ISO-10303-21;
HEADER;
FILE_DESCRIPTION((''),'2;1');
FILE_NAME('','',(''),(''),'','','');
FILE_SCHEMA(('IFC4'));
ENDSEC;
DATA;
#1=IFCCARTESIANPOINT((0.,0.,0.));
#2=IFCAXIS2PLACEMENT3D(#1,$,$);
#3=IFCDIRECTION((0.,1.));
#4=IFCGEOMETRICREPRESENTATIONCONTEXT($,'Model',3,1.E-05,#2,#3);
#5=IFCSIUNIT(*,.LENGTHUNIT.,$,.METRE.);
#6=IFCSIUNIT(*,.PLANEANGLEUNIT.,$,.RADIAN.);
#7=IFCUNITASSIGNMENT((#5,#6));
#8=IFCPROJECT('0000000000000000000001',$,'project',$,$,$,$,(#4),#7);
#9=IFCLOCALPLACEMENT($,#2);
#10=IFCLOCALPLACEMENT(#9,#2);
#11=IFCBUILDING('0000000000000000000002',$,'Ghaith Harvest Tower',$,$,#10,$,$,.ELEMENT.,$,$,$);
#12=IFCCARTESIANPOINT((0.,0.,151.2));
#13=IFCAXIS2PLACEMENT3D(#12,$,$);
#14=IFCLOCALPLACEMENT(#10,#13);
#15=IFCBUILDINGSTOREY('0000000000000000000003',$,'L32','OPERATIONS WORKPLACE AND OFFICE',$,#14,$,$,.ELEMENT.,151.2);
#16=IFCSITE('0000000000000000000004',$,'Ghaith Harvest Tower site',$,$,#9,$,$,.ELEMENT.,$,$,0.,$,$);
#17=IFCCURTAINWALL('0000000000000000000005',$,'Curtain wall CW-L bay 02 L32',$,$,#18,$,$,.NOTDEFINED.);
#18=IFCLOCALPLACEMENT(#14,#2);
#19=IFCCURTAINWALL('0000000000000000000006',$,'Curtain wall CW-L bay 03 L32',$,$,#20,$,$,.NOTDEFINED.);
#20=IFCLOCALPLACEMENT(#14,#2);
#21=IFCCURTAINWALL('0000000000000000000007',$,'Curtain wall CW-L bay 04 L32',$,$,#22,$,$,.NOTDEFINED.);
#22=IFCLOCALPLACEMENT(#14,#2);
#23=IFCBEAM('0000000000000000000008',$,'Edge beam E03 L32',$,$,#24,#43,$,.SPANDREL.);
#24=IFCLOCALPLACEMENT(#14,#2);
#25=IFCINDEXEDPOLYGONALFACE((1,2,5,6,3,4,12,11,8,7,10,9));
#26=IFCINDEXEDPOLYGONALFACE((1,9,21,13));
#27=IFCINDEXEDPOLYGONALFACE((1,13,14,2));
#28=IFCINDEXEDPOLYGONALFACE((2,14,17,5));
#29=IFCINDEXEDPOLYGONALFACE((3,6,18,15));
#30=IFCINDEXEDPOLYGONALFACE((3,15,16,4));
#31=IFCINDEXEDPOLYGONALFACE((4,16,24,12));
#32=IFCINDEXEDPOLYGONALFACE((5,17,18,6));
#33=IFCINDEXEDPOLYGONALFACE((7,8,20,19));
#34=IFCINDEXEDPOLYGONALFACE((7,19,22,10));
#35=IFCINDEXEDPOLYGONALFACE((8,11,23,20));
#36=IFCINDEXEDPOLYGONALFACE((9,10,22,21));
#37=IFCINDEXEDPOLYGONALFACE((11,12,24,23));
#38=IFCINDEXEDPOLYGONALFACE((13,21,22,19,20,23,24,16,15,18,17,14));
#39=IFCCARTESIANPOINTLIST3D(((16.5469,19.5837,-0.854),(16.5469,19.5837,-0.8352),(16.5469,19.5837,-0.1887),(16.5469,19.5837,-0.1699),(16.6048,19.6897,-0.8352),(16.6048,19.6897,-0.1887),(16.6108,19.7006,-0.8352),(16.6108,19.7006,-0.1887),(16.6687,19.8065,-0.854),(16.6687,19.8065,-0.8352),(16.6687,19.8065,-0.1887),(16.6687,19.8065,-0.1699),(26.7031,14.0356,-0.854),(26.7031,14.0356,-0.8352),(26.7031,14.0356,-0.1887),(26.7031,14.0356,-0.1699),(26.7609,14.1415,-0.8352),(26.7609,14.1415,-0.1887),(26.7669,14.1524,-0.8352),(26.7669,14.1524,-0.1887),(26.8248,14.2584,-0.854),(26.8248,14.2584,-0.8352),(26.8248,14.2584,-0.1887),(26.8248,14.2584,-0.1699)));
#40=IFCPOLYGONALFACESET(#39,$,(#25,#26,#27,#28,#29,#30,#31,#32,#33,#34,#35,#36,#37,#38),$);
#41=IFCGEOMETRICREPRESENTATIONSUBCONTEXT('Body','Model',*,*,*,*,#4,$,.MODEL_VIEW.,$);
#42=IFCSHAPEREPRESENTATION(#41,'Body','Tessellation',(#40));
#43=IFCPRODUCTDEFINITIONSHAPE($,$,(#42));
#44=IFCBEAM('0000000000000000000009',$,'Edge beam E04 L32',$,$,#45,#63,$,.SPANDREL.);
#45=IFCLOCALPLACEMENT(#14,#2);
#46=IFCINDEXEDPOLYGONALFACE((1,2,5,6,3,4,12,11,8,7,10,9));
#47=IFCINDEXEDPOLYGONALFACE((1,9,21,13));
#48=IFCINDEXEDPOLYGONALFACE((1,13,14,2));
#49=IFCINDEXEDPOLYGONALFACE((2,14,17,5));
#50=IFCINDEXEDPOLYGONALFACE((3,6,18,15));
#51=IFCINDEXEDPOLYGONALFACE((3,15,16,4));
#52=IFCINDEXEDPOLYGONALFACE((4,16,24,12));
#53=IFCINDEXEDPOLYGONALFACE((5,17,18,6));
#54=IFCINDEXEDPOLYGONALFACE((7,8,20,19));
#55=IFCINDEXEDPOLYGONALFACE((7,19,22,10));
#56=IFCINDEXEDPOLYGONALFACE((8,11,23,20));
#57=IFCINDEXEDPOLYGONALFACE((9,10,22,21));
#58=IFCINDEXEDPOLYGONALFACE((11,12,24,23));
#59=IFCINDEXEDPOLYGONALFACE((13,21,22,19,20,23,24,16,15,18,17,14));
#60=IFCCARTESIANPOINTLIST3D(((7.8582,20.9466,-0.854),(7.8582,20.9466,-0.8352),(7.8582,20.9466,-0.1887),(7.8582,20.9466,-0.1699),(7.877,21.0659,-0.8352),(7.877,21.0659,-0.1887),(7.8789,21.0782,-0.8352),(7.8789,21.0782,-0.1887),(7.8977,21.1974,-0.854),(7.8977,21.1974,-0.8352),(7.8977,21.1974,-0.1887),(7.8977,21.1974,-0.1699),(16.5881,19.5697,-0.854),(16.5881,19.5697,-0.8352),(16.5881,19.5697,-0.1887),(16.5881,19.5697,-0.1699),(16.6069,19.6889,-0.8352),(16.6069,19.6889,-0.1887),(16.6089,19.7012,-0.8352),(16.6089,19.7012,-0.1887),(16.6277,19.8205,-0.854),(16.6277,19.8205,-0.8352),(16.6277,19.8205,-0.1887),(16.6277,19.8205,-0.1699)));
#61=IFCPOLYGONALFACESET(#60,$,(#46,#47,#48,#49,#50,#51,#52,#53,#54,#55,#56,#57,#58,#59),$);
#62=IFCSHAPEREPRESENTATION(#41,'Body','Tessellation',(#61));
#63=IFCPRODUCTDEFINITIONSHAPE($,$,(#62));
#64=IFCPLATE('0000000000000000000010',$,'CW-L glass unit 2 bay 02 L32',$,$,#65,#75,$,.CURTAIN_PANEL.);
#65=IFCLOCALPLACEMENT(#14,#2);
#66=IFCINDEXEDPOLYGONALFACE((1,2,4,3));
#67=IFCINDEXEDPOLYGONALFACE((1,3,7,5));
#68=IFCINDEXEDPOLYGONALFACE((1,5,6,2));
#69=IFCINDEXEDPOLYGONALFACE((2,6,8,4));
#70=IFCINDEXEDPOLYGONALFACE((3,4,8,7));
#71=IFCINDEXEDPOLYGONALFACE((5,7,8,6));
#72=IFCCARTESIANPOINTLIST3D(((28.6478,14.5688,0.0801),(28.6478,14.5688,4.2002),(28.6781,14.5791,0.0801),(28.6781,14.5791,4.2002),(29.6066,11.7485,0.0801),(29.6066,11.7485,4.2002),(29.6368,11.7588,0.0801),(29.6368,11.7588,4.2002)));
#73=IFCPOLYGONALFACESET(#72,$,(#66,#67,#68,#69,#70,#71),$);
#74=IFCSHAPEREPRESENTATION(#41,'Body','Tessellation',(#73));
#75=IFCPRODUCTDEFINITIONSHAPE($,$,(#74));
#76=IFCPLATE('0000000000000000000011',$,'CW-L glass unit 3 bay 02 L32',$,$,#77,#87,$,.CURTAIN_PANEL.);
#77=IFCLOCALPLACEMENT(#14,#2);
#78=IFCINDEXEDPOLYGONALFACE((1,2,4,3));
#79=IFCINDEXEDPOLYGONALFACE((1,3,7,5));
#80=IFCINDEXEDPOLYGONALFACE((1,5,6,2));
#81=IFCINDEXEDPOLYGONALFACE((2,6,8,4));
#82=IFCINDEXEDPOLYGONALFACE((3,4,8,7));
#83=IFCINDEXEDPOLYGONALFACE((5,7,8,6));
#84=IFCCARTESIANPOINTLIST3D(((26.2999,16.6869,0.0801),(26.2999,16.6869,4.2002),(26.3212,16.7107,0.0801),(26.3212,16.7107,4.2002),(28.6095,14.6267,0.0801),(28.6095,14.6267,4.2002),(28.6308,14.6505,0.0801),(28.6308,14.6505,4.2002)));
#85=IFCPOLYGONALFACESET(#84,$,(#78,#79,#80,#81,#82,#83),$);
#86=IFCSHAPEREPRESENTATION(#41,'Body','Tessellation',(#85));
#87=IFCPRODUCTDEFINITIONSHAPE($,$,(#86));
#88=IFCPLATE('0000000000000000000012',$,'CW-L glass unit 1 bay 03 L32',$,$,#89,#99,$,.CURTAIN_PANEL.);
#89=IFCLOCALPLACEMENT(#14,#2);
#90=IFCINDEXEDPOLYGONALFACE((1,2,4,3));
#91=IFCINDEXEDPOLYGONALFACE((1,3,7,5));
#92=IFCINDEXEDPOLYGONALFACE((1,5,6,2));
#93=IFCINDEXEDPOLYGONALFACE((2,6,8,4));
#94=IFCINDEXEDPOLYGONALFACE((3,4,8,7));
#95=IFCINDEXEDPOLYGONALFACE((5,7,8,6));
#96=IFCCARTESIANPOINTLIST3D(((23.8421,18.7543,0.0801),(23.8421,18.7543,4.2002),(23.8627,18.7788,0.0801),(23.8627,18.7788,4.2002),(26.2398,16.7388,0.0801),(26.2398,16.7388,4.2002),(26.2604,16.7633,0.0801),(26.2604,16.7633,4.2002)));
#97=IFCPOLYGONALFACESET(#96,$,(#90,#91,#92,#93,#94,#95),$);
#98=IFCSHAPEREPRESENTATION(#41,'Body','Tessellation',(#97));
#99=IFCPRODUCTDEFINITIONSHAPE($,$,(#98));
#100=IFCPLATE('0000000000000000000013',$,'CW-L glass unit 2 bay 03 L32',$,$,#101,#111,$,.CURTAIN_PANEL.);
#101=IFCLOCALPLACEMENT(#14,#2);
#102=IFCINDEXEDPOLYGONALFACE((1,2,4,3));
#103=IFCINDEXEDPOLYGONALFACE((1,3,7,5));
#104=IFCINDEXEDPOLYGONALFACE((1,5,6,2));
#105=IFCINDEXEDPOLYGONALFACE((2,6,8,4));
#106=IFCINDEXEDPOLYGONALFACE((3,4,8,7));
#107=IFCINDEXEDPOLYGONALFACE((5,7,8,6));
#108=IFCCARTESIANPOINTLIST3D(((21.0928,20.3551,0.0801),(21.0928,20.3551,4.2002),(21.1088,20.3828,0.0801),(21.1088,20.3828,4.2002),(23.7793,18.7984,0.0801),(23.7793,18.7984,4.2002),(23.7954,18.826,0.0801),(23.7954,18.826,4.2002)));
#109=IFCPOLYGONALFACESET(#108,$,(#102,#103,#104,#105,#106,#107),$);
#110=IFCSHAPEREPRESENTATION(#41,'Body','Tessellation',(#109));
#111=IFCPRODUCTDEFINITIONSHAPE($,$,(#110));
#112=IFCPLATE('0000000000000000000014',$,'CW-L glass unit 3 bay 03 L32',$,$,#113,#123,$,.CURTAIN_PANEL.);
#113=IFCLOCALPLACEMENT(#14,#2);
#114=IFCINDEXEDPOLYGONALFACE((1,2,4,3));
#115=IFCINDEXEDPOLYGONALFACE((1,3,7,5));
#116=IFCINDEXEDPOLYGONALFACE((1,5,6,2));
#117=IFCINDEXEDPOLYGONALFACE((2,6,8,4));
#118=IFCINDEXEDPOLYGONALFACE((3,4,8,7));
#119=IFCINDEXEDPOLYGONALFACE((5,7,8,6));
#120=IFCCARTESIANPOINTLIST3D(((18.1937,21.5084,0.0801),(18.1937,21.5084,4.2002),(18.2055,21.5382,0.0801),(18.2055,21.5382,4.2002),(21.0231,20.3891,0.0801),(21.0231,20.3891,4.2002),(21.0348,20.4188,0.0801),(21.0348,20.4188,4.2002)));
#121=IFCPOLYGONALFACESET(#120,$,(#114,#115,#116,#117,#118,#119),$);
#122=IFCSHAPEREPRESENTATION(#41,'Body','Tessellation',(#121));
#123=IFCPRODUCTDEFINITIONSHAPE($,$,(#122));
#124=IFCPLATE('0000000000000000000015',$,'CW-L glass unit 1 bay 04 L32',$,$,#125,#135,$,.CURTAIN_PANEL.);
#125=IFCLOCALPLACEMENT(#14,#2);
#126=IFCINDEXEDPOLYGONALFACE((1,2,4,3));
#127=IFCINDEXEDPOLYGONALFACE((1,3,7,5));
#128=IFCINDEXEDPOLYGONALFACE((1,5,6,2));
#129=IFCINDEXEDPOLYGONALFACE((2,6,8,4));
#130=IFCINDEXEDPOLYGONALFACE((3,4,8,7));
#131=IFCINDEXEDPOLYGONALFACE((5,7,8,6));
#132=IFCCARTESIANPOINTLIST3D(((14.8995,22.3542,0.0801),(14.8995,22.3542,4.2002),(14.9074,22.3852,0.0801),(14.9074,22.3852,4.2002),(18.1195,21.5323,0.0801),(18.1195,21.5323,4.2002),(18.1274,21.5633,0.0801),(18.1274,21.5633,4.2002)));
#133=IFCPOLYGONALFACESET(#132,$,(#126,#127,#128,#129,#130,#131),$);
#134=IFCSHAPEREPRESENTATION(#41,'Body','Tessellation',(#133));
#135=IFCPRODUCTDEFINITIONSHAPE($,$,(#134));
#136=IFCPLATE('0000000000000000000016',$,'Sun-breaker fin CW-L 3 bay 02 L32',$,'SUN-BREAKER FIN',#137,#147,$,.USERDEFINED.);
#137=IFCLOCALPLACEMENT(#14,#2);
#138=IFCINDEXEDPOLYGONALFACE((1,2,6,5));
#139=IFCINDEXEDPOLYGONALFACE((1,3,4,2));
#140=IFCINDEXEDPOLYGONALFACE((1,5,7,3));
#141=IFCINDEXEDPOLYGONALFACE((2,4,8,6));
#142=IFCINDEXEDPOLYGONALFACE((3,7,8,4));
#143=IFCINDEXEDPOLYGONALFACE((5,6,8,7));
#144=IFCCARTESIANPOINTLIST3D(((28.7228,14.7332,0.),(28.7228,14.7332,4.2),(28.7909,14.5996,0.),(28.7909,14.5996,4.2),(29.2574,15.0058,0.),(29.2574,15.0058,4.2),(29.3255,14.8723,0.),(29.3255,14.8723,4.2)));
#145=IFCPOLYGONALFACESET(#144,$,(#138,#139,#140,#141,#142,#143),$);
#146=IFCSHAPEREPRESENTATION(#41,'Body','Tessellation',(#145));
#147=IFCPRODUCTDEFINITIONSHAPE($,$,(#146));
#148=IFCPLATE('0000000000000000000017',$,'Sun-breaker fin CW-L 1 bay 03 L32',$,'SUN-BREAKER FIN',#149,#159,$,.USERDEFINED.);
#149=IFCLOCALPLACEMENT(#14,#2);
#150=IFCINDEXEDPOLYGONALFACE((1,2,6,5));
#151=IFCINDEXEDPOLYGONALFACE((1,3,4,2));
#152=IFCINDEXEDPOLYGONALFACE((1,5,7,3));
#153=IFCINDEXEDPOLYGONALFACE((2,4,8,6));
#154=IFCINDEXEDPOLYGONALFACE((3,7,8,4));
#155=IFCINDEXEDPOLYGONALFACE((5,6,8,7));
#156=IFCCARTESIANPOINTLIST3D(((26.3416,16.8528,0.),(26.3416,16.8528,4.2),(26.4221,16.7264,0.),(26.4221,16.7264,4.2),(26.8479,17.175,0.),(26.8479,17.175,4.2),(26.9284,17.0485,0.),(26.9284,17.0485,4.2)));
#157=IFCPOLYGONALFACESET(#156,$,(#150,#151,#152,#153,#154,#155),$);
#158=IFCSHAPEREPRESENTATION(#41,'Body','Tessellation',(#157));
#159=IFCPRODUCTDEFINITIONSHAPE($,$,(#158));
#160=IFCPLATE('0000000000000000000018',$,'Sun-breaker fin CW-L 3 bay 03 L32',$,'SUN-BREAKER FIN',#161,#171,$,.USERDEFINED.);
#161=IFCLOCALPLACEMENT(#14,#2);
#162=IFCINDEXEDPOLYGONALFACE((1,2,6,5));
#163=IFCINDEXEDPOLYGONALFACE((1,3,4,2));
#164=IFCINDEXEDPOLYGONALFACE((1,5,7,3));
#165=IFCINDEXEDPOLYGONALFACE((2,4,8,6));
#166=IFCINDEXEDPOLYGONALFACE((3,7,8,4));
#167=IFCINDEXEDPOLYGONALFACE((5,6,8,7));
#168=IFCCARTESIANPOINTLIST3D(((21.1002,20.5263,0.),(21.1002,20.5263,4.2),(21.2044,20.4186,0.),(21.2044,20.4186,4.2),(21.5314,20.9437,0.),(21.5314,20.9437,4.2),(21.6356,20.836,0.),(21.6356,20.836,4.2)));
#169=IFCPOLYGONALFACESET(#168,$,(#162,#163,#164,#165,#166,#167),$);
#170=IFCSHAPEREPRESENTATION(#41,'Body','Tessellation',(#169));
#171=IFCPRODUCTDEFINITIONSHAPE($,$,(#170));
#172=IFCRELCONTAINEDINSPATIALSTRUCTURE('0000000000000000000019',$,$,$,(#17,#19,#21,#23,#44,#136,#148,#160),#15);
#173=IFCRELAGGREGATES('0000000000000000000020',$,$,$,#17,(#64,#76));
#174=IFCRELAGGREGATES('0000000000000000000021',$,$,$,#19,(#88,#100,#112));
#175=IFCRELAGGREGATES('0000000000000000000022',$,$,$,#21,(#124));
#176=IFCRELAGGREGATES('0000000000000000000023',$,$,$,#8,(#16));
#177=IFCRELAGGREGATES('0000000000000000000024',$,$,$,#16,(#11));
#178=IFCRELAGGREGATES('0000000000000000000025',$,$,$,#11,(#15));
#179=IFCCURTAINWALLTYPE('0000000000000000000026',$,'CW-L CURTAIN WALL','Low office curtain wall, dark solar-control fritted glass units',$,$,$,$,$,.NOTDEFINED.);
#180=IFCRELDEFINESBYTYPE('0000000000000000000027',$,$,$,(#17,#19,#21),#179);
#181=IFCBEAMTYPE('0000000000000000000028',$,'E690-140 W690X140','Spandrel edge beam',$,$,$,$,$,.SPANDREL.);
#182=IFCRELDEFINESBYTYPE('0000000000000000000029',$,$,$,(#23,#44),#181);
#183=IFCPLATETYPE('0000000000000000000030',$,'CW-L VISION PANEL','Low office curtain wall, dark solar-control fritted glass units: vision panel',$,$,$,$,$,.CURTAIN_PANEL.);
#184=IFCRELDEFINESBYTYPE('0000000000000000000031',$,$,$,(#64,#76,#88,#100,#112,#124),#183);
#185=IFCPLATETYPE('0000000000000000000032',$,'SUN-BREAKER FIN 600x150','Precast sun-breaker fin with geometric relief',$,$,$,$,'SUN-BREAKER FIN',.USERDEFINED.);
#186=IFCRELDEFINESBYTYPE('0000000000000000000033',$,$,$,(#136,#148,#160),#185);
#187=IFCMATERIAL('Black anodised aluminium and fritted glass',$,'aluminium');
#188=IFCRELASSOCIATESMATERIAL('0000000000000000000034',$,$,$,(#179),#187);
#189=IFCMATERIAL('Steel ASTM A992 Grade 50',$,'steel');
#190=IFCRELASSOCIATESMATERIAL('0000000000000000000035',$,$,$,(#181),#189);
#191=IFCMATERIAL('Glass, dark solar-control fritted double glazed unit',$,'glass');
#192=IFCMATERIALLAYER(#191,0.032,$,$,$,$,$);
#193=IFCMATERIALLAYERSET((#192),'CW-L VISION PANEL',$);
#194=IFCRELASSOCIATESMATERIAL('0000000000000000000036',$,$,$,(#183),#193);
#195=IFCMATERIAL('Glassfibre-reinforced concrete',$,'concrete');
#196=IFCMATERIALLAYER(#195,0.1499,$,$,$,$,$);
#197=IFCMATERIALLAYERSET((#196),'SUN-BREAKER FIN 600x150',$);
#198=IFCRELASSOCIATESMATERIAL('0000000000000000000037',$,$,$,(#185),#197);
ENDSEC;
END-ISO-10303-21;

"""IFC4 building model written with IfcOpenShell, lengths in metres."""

from ifc_helpers import new_model, si_unit, direction, frame, origin, origin_2d, place, context, subcontext, project, spatial, rectangle, i_section, extrude, material, layer, layer_set, material_profile, profile_set, type_object, element, aggregate, save


model = new_model("IFC4")

# Units and contexts
model_context = context("Model", 3, precision=1e-05, world=origin(), true_north=direction((0.0, 1.0)))
body_context = subcontext(model_context, "Body", "Model", "MODEL_VIEW")
ifc_project = project(units=[si_unit("LENGTHUNIT", "METRE"), si_unit("PLANEANGLEUNIT", "RADIAN")], contexts=[model_context])

# Site, building, storey
site_placement = place(None, origin())
site = spatial("IfcSite", under=ifc_project, at=site_placement, Name="Ghaith Harvest Tower site", CompositionType="ELEMENT", RefElevation=0.0)
building_placement = place(site_placement, origin())
building = spatial("IfcBuilding", under=site, at=building_placement, Name="Ghaith Harvest Tower", CompositionType="ELEMENT")
storey_placement = place(building_placement, frame((0.0, 0.0, 151.2)))
storey = spatial("IfcBuildingStorey", under=building, at=storey_placement, Name="L32", Description="OPERATIONS WORKPLACE AND OFFICE", CompositionType="ELEMENT", Elevation=151.2)

# Curtain wall
ifc_material_1 = material(Name="Black anodised aluminium and fritted glass", Category="aluminium")
curtain_wall_type = type_object("IfcCurtainWallType", Name="CW-L CURTAIN WALL", Description="Low office curtain wall, dark solar-control fritted glass units", PredefinedType="NOTDEFINED", material=ifc_material_1)
curtain_wall_1_placement = place(storey_placement, origin())
curtain_wall_1 = element("IfcCurtainWall", 1, at=curtain_wall_1_placement, inside=storey, type_object=curtain_wall_type, Name="Curtain wall CW-L bay 02 L32", PredefinedType="NOTDEFINED")

# Curtain walls
curtain_wall_2_placement = place(storey_placement, origin())
curtain_wall_2 = element("IfcCurtainWall", 2, at=curtain_wall_2_placement, inside=storey, type_object=curtain_wall_type, Name="Curtain wall CW-L bay 03 L32", PredefinedType="NOTDEFINED")
curtain_wall_3_placement = place(storey_placement, origin())
curtain_wall_3 = element("IfcCurtainWall", 3, at=curtain_wall_3_placement, inside=storey, type_object=curtain_wall_type, Name="Curtain wall CW-L bay 04 L32", PredefinedType="NOTDEFINED")

# Beams
ifc_material_2 = material(Name="Steel ASTM A992 Grade 50", Category="steel")
ifc_material_profile_1 = material_profile(ifc_material_2, i_section(OverallWidth=0.2539, OverallDepth=0.6841, WebThickness=0.0125, FlangeThickness=0.0188, at=origin_2d()), Name="W690X140")
ifc_profile_set_1 = profile_set([ifc_material_profile_1], Name="Steel ASTM A992 Grade 50")
beam_type = type_object("IfcBeamType", Name="E690-140 W690X140", Description="Spandrel edge beam", PredefinedType="SPANDREL", material=ifc_profile_set_1)
beam_1_placement = place(storey_placement, frame((26.7639, 14.147, -0.512), z_axis=(-0.877588, 0.479415, 0.0), x_axis=(-0.479415, -0.877588, 0.0)))
element("IfcBeam", 4, at=beam_1_placement, inside=storey, type_object=beam_type, Name="Edge beam E03 L32", PredefinedType="SPANDREL", context=body_context, shape_type="SweptSolid", body=[
    extrude(i_section(OverallWidth=0.2539, OverallDepth=0.6841, WebThickness=0.0125, FlangeThickness=0.0188, at=origin_2d()), origin(), (0.0, 0.0, 1.0), 11.5728),
])
beam_2_placement = place(storey_placement, frame((16.6079, 19.6951, -0.512), z_axis=(-0.987788, 0.155801, 0.0), x_axis=(-0.155801, -0.987788, 0.0)))
element("IfcBeam", 5, at=beam_2_placement, inside=storey, type_object=beam_type, Name="Edge beam E04 L32", PredefinedType="SPANDREL", context=body_context, shape_type="SweptSolid", body=[
    extrude(i_section(OverallWidth=0.2539, OverallDepth=0.6841, WebThickness=0.0125, FlangeThickness=0.0188, at=origin_2d()), origin(), (0.0, 0.0, 1.0), 8.8379),
])

# Plates
ifc_material_3 = material(Name="Glass, dark solar-control fritted double glazed unit", Category="glass")
ifc_layer_1 = layer(ifc_material_3, 0.032)
ifc_layer_set_1 = layer_set([ifc_layer_1], Name="CW-L VISION PANEL")
plate_type_1 = type_object("IfcPlateType", Name="CW-L VISION PANEL", Description="Low office curtain wall, dark solar-control fritted glass units: vision panel", PredefinedType="CURTAIN_PANEL", material=ifc_layer_set_1)
plate_1_placement = place(storey_placement, frame((29.1423, 13.1638, 0.0801), z_axis=(0.0, 0.0, 1.0), x_axis=(-0.321853, 0.94679, 0.0)))
plate_1 = element("IfcPlate", 6, at=plate_1_placement, type_object=plate_type_1, Name="CW-L glass unit 2 bay 02 L32", PredefinedType="CURTAIN_PANEL", context=body_context, shape_type="SweptSolid", body=[
    extrude(rectangle(XDim=2.9788, YDim=0.032, at=origin_2d()), origin(), (0.0, 0.0, 1.0), 4.1201),
])
plate_2_placement = place(storey_placement, frame((27.4653, 15.6687, 0.0801), z_axis=(0.0, 0.0, 1.0), x_axis=(-0.746251, 0.665665, 0.0)))
plate_2 = element("IfcPlate", 7, at=plate_2_placement, type_object=plate_type_1, Name="CW-L glass unit 3 bay 02 L32", PredefinedType="CURTAIN_PANEL", context=body_context, shape_type="SweptSolid", body=[
    extrude(rectangle(XDim=3.095, YDim=0.032, at=origin_2d()), origin(), (0.0, 0.0, 1.0), 4.1201),
])
aggregate(curtain_wall_1, [plate_1, plate_2])
plate_3_placement = place(storey_placement, frame((25.0513, 17.7588, 0.0801), z_axis=(0.0, 0.0, 1.0), x_axis=(-0.765473, 0.643468, 0.0)))
plate_3 = element("IfcPlate", 8, at=plate_3_placement, type_object=plate_type_1, Name="CW-L glass unit 1 bay 03 L32", PredefinedType="CURTAIN_PANEL", context=body_context, shape_type="SweptSolid", body=[
    extrude(rectangle(XDim=3.1323, YDim=0.032, at=origin_2d()), origin(), (0.0, 0.0, 1.0), 4.1201),
])
plate_4_placement = place(storey_placement, frame((22.4441, 19.5906, 0.0801), z_axis=(0.0, 0.0, 1.0), x_axis=(-0.865232, 0.501372, 0.0)))
plate_4 = element("IfcPlate", 9, at=plate_4_placement, type_object=plate_type_1, Name="CW-L glass unit 2 bay 03 L32", PredefinedType="CURTAIN_PANEL", context=body_context, shape_type="SweptSolid", body=[
    extrude(rectangle(XDim=3.105, YDim=0.032, at=origin_2d()), origin(), (0.0, 0.0, 1.0), 4.1201),
])
plate_5_placement = place(storey_placement, frame((19.6143, 20.9636, 0.0801), z_axis=(0.0, 0.0, 1.0), x_axis=(-0.929877, 0.367872, 0.0)))
plate_5 = element("IfcPlate", 10, at=plate_5_placement, type_object=plate_type_1, Name="CW-L glass unit 3 bay 03 L32", PredefinedType="CURTAIN_PANEL", context=body_context, shape_type="SweptSolid", body=[
    extrude(rectangle(XDim=3.0427, YDim=0.032, at=origin_2d()), origin(), (0.0, 0.0, 1.0), 4.1201),
])
aggregate(curtain_wall_2, [plate_3, plate_4, plate_5])
plate_6_placement = place(storey_placement, frame((16.5134, 21.9587, 0.0801), z_axis=(0.0, 0.0, 1.0), x_axis=(-0.968931, 0.247331, 0.0)))
plate_6 = element("IfcPlate", 11, at=plate_6_placement, type_object=plate_type_1, Name="CW-L glass unit 1 bay 04 L32", PredefinedType="CURTAIN_PANEL", context=body_context, shape_type="SweptSolid", body=[
    extrude(rectangle(XDim=3.3232, YDim=0.032, at=origin_2d()), origin(), (0.0, 0.0, 1.0), 4.1201),
])
aggregate(curtain_wall_3, [plate_6])

# Plates
ifc_material_4 = material(Name="Glassfibre-reinforced concrete", Category="concrete")
ifc_layer_2 = layer(ifc_material_4, 0.1499)
ifc_layer_set_2 = layer_set([ifc_layer_2], Name="SUN-BREAKER FIN 600x150")
plate_type_2 = type_object("IfcPlateType", Name="SUN-BREAKER FIN 600x150", Description="Precast sun-breaker fin with geometric relief", ElementType="SUN-BREAKER FIN", PredefinedType="USERDEFINED", material=ifc_layer_set_2)
for number, where, z_axis, x_axis, name in (
    (12, (29.0242, 14.8027, 0.0), (0.0, 0.0, 1.0), (0.890831, 0.454335, 0.0), "Sun-breaker fin CW-L 3 bay 02 L32"),
    (13, (26.635, 16.9507, 0.0), (0.0, 0.0, 1.0), (0.843644, 0.536903, 0.0), "Sun-breaker fin CW-L 1 bay 03 L32"),
    (14, (21.3679, 20.6812, 0.0), (0.0, 0.0, 1.0), (0.718559, 0.695466, 0.0), "Sun-breaker fin CW-L 3 bay 03 L32"),
):
    element("IfcPlate", number, at=place(storey_placement, frame(where, z_axis=z_axis, x_axis=x_axis)), inside=storey, type_object=plate_type_2, Name=name, ObjectType="SUN-BREAKER FIN", PredefinedType="USERDEFINED", context=body_context, shape_type="SweptSolid", body=[
        extrude(rectangle(XDim=0.6001, YDim=0.1499, at=origin_2d()), origin(), (0.0, 0.0, 1.0), 4.2),
    ])

save(model, "model.ifc")
